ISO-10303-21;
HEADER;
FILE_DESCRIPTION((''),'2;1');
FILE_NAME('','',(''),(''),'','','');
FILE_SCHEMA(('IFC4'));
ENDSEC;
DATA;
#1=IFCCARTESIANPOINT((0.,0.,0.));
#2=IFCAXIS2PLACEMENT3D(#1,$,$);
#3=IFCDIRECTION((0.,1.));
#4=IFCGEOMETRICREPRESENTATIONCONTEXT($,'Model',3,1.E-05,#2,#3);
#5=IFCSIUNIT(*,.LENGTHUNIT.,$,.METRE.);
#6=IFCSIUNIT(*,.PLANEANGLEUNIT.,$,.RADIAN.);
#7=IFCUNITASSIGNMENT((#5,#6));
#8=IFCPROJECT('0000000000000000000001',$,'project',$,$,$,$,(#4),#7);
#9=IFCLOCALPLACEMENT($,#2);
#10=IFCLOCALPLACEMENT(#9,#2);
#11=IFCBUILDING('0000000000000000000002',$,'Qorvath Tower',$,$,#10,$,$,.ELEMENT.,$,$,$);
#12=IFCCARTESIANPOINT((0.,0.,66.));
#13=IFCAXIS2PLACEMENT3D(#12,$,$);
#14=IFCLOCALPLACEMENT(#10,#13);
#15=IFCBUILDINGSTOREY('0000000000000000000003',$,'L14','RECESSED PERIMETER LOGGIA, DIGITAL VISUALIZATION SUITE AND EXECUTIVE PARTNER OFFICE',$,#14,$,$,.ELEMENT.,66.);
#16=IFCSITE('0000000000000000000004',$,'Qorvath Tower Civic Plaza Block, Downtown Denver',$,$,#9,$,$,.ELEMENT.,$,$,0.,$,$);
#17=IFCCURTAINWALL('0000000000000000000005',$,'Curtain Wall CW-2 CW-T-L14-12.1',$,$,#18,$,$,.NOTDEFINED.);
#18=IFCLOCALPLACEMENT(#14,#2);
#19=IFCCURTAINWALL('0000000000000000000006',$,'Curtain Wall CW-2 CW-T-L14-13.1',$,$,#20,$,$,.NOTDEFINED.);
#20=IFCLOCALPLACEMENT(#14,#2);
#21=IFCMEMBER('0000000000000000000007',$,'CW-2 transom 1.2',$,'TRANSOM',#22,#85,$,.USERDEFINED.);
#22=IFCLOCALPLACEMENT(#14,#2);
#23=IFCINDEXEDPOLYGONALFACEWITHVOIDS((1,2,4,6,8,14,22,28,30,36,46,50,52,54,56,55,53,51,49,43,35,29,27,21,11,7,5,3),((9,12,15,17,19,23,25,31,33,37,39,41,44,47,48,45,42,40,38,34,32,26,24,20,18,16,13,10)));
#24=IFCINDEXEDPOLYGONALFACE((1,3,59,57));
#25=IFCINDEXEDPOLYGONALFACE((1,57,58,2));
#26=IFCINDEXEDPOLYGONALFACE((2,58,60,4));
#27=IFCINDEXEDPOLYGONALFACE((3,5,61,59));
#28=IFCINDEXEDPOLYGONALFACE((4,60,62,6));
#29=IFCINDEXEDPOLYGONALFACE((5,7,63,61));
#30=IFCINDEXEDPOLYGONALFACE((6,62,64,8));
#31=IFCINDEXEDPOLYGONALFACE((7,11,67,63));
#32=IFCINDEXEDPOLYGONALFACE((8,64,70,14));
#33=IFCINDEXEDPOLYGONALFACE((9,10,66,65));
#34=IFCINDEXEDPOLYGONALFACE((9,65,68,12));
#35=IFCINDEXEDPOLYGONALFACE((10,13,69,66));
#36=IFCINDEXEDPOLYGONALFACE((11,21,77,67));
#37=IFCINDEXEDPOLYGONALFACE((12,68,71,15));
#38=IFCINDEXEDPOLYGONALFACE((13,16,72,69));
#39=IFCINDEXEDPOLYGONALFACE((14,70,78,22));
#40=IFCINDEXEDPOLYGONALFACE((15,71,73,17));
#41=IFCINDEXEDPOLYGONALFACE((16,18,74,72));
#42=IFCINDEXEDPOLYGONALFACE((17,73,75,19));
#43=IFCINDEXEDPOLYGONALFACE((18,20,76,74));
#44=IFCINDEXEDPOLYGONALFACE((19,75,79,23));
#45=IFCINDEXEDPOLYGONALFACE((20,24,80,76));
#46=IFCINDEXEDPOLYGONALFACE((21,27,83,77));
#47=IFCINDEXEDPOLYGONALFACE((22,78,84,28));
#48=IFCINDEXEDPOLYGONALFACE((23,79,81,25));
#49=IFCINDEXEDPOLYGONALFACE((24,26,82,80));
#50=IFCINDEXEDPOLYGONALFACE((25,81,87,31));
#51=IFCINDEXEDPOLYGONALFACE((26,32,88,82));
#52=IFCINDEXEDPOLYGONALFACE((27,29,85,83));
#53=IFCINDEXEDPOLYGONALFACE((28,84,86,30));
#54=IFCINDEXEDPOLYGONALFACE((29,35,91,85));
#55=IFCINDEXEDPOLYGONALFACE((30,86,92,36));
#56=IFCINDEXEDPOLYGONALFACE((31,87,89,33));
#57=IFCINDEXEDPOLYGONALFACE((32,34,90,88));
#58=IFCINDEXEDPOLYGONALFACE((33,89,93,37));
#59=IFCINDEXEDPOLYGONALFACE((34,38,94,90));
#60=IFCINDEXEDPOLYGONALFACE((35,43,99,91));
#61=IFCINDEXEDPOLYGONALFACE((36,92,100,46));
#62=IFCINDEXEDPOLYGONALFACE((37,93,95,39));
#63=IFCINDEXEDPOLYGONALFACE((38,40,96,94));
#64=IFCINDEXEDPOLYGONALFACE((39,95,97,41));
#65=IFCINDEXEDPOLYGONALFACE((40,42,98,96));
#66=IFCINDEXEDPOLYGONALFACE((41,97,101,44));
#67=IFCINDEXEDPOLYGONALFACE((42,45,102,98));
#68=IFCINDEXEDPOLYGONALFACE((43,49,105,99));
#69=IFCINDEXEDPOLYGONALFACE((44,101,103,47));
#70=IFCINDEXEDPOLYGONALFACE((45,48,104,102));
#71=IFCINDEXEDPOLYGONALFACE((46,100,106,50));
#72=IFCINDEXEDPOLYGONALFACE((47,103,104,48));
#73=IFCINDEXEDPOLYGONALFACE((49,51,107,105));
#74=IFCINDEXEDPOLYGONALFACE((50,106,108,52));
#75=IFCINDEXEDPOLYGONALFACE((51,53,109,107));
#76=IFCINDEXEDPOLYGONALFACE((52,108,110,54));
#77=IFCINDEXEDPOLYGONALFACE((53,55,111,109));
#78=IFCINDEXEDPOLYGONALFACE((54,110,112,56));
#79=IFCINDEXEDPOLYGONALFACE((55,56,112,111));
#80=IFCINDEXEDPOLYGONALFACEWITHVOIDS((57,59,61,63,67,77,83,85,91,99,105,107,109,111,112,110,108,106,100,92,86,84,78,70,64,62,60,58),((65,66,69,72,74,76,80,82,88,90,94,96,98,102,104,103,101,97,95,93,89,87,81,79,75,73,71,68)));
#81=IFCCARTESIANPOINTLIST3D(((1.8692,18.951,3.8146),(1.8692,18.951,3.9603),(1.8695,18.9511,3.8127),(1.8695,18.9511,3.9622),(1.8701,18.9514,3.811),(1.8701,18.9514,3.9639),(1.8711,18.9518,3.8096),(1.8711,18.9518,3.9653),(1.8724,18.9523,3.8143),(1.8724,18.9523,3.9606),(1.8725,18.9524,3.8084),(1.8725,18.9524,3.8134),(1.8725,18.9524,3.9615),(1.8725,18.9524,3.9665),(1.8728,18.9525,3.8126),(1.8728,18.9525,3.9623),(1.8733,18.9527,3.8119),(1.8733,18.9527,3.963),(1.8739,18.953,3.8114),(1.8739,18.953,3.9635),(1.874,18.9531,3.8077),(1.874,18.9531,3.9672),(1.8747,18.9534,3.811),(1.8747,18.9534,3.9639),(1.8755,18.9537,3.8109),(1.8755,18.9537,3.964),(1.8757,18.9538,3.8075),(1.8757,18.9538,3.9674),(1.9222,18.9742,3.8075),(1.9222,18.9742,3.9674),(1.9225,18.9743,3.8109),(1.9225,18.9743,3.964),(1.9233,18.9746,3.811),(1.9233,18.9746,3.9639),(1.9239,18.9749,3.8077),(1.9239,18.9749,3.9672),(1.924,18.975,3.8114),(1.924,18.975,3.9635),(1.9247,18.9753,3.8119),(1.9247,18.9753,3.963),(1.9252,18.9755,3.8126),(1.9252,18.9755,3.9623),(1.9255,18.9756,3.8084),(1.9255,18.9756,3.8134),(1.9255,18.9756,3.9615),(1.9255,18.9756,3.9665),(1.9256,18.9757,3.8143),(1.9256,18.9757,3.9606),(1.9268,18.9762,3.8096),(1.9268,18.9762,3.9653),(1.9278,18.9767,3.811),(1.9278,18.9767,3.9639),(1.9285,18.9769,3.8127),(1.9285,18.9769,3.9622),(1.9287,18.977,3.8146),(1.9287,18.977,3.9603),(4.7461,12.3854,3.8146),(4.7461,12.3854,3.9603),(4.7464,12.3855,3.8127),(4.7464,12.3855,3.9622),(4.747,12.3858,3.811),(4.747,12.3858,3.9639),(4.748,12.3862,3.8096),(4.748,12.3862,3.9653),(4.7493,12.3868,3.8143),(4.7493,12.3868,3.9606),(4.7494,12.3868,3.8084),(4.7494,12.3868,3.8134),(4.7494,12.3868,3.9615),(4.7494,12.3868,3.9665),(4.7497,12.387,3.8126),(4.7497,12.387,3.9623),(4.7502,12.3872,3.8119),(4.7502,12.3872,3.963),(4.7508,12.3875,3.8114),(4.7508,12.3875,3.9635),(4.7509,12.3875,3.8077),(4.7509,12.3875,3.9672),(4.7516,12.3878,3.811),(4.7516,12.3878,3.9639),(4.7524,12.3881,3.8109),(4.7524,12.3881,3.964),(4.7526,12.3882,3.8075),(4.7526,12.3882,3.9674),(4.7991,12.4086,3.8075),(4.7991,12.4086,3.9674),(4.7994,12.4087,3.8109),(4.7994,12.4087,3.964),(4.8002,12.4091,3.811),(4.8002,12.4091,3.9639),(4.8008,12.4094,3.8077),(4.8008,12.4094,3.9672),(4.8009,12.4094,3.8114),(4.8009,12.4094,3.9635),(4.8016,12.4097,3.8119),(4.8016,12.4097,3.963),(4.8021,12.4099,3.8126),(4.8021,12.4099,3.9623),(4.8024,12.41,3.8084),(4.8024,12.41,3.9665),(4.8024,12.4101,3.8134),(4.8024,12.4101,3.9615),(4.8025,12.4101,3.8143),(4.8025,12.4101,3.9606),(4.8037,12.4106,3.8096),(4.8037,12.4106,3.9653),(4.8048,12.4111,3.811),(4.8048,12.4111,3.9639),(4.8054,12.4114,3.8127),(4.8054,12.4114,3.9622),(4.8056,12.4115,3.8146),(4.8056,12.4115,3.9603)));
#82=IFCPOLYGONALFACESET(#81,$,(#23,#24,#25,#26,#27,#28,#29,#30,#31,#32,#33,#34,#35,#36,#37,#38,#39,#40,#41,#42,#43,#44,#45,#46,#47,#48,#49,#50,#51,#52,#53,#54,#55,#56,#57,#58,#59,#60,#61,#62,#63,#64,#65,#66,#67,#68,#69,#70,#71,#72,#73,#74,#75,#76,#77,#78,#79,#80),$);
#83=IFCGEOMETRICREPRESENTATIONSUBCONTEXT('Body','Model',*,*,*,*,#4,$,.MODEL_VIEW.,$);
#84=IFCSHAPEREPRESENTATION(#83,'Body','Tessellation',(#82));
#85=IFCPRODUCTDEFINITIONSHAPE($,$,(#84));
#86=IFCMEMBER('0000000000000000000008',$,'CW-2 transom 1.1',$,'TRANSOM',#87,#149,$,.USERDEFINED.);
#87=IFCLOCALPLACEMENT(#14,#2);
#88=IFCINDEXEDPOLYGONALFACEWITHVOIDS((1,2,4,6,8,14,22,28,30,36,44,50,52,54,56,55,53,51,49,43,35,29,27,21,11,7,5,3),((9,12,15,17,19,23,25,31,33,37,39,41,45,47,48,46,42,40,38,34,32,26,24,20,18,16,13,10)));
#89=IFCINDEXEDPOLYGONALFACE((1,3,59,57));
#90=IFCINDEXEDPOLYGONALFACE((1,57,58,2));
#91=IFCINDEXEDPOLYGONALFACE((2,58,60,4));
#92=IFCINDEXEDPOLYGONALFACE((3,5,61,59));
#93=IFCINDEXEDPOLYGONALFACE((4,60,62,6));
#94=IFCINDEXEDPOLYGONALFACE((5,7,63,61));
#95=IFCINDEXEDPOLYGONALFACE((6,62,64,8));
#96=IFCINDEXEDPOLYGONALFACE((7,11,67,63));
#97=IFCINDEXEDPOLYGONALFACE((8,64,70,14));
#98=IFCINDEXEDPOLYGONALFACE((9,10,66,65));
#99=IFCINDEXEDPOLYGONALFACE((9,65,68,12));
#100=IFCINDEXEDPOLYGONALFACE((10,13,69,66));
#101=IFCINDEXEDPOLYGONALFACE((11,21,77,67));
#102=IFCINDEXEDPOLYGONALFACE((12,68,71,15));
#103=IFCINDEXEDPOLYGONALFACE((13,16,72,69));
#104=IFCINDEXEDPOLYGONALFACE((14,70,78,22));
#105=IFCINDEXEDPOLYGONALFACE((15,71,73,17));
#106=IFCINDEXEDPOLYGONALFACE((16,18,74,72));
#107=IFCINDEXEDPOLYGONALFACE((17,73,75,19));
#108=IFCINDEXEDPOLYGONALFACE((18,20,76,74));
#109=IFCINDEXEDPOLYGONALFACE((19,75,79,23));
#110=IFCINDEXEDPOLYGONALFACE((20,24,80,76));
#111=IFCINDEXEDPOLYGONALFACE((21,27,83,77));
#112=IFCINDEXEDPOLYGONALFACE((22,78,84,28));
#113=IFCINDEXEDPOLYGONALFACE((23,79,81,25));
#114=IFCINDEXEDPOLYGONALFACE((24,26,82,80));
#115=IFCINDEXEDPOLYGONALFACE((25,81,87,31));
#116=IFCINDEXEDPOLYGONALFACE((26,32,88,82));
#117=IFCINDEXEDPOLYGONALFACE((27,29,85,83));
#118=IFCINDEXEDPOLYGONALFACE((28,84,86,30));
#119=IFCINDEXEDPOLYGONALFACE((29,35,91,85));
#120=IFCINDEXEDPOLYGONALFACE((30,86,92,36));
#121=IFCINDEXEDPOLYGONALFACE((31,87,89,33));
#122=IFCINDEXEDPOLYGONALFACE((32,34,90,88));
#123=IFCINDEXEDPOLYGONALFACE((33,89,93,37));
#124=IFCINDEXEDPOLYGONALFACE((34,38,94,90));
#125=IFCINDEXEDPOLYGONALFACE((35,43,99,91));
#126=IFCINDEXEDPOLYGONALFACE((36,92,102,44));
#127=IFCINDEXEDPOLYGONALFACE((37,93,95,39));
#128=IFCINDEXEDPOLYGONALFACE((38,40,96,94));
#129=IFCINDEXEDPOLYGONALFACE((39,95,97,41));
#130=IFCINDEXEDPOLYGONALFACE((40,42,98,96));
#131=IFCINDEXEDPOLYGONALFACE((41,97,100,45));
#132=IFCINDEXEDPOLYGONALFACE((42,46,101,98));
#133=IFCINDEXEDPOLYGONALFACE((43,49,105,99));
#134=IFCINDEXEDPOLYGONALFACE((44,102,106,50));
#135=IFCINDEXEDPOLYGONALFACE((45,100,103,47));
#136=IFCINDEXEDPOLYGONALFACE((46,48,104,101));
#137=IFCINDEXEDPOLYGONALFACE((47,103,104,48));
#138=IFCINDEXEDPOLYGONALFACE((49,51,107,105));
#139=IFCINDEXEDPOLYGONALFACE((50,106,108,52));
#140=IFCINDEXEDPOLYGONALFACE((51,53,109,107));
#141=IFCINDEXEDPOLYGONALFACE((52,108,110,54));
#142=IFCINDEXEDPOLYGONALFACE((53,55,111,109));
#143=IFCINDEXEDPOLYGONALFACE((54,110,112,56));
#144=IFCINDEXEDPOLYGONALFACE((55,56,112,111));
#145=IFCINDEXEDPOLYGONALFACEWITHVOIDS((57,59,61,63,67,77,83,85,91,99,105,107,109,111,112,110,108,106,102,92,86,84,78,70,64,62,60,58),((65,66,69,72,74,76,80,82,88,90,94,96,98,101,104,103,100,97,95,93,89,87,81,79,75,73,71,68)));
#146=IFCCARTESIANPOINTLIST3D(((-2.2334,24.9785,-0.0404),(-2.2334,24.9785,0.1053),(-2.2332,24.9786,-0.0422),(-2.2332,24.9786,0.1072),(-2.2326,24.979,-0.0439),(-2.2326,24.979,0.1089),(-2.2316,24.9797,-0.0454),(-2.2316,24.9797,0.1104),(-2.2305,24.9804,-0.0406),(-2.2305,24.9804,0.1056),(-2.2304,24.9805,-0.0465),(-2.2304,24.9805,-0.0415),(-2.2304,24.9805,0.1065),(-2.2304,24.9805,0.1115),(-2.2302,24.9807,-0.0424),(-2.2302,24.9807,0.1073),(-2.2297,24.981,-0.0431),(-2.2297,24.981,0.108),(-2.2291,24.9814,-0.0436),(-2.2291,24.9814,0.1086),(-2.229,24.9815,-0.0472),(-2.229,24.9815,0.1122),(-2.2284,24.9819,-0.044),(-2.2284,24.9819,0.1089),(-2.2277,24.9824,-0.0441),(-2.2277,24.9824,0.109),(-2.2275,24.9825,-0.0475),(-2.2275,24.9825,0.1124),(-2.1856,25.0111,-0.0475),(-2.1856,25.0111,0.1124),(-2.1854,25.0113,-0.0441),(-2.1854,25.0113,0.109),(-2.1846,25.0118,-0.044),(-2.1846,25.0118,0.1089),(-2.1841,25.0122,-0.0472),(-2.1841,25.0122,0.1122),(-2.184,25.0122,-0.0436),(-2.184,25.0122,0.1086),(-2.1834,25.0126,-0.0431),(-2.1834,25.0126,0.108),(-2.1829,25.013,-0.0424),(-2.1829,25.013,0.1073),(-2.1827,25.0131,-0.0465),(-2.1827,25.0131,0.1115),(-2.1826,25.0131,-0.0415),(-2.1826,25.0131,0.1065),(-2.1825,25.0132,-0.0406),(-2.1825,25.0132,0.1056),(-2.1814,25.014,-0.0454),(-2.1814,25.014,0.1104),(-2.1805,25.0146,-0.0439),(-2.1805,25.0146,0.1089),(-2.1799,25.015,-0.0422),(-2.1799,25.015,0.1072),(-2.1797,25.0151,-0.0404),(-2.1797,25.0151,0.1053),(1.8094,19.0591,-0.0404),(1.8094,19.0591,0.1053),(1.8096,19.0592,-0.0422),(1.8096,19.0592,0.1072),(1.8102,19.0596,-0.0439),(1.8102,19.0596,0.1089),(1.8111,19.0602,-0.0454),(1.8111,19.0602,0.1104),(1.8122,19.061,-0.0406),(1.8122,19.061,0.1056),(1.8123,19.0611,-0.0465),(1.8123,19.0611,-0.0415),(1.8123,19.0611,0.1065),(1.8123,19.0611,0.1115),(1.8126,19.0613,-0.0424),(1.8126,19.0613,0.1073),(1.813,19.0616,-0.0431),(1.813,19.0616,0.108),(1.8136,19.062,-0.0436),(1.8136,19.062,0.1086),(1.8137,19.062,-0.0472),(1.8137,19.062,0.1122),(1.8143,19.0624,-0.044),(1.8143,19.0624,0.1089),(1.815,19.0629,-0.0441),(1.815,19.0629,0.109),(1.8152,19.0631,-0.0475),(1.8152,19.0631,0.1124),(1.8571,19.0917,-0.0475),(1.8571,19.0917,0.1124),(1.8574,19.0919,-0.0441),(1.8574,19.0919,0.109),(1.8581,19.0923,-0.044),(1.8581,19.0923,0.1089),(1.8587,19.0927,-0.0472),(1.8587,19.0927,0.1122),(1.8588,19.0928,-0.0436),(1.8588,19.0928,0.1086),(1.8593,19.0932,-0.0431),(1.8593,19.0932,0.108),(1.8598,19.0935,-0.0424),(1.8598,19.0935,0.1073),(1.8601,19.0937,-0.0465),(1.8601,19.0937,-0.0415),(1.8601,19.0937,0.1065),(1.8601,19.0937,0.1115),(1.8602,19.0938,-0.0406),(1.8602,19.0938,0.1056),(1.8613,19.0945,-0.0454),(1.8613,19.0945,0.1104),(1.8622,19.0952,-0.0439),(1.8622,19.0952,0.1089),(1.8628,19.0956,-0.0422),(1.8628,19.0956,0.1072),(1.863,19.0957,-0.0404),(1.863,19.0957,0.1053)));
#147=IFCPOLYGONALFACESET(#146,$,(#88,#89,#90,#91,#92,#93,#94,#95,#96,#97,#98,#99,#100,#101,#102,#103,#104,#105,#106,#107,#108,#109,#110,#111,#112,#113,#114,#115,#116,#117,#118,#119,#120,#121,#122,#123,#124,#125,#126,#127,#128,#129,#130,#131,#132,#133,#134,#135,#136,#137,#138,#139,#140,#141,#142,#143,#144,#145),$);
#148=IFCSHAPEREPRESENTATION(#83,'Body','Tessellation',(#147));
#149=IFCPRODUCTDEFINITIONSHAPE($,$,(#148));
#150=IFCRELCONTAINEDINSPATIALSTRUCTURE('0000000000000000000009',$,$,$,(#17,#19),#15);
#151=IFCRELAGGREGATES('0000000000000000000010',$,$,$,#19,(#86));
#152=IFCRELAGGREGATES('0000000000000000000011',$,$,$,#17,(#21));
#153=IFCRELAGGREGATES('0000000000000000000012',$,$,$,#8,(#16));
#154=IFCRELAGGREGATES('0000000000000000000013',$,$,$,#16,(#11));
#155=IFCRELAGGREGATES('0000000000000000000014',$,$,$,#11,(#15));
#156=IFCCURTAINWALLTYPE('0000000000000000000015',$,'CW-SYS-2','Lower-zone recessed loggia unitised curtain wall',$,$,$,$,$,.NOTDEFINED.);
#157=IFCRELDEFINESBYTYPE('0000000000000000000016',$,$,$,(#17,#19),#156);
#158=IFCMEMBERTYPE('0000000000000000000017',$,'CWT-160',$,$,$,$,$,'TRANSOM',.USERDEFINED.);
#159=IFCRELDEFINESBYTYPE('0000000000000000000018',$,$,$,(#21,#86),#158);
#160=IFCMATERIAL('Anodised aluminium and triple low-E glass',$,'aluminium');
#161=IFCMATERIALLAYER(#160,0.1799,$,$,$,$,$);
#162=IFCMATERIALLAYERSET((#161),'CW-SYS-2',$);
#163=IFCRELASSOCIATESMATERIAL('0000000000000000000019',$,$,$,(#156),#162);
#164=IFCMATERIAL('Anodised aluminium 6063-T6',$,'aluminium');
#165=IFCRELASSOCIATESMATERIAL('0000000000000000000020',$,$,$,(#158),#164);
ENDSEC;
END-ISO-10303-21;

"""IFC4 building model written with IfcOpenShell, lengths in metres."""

from ifc_helpers import new_model, si_unit, direction, frame, origin, origin_2d, place, context, subcontext, project, spatial, hollow_rectangle, extrude, material, layer, layer_set, material_profile, profile_set, type_object, element, aggregate, save


model = new_model("IFC4")

# Units and contexts
model_context = context("Model", 3, precision=1e-05, world=origin(), true_north=direction((0.0, 1.0)))
body_context = subcontext(model_context, "Body", "Model", "MODEL_VIEW")
ifc_project = project(units=[si_unit("LENGTHUNIT", "METRE"), si_unit("PLANEANGLEUNIT", "RADIAN")], contexts=[model_context])

# Site, building, storey
site_placement = place(None, origin())
site = spatial("IfcSite", under=ifc_project, at=site_placement, Name="Qorvath Tower Civic Plaza Block, Downtown Denver", CompositionType="ELEMENT", RefElevation=0.0)
building_placement = place(site_placement, origin())
building = spatial("IfcBuilding", under=site, at=building_placement, Name="Qorvath Tower", CompositionType="ELEMENT")
storey_placement = place(building_placement, frame((0.0, 0.0, 66.0)))
storey = spatial("IfcBuildingStorey", under=building, at=storey_placement, Name="L14", Description="RECESSED PERIMETER LOGGIA, DIGITAL VISUALIZATION SUITE AND EXECUTIVE PARTNER OFFICE", CompositionType="ELEMENT", Elevation=66.0)

# Shared definitions
ifc_material_1 = material(Name="Anodised aluminium and triple low-E glass", Category="aluminium")
ifc_layer_1 = layer(ifc_material_1, 0.1799)
ifc_layer_set_1 = layer_set([ifc_layer_1], Name="CW-SYS-2")
curtain_wall_type = type_object("IfcCurtainWallType", Name="CW-SYS-2", Description="Lower-zone recessed loggia unitised curtain wall", PredefinedType="NOTDEFINED", material=ifc_layer_set_1)

# Curtain wall
curtain_wall_1_placement = place(storey_placement, origin())
curtain_wall_1 = element("IfcCurtainWall", 1, at=curtain_wall_1_placement, inside=storey, type_object=curtain_wall_type, Name="Curtain Wall CW-2 CW-T-L14-12.1", PredefinedType="NOTDEFINED")

# Curtain wall
curtain_wall_2_placement = place(storey_placement, origin())
curtain_wall_2 = element("IfcCurtainWall", 2, at=curtain_wall_2_placement, inside=storey, type_object=curtain_wall_type, Name="Curtain Wall CW-2 CW-T-L14-13.1", PredefinedType="NOTDEFINED")

# Members
ifc_material_2 = material(Name="Anodised aluminium 6063-T6", Category="aluminium")
ifc_material_profile_1 = material_profile(ifc_material_2, hollow_rectangle(XDim=0.0649, YDim=0.1599, WallThickness=0.0034, InnerFilletRadius=0.0034, OuterFilletRadius=0.0071, at=origin_2d()), Name="CWT 160x65")
ifc_profile_set_1 = profile_set([ifc_material_profile_1], Name="Anodised aluminium 6063-T6")
member_type_1 = type_object("IfcMemberType", Name="CWT-160", ElementType="TRANSOM", PredefinedType="USERDEFINED", material=ifc_profile_set_1)
member_1_placement = place(storey_placement, frame((4.7759, 12.3984, 3.8875), z_axis=(-0.401342, 0.915928, 0.0), x_axis=(-0.915928, -0.401342, 0.0)))
member_1 = element("IfcMember", 3, at=member_1_placement, type_object=member_type_1, Name="CW-2 transom 1.2", ObjectType="TRANSOM", PredefinedType="USERDEFINED", context=body_context, shape_type="SweptSolid", body=[
    extrude(hollow_rectangle(XDim=0.0649, YDim=0.1599, WallThickness=0.0034, InnerFilletRadius=0.0034, OuterFilletRadius=0.0071, at=origin_2d()), origin(), (0.0, 0.0, 1.0), 7.1682),
])
member_2_placement = place(storey_placement, frame((1.8362, 19.0774, 0.0325), z_axis=(-0.563979, 0.825789, 0.0), x_axis=(-0.825789, -0.563979, 0.0)))
member_2 = element("IfcMember", 4, at=member_2_placement, type_object=member_type_1, Name="CW-2 transom 1.1", ObjectType="TRANSOM", PredefinedType="USERDEFINED", context=body_context, shape_type="SweptSolid", body=[
    extrude(hollow_rectangle(XDim=0.0649, YDim=0.1599, WallThickness=0.0034, InnerFilletRadius=0.0034, OuterFilletRadius=0.0071, at=origin_2d()), origin(), (0.0, 0.0, 1.0), 7.1682),
])
aggregate(curtain_wall_2, [member_2])

aggregate(curtain_wall_1, [member_1])

save(model, "model.ifc")
